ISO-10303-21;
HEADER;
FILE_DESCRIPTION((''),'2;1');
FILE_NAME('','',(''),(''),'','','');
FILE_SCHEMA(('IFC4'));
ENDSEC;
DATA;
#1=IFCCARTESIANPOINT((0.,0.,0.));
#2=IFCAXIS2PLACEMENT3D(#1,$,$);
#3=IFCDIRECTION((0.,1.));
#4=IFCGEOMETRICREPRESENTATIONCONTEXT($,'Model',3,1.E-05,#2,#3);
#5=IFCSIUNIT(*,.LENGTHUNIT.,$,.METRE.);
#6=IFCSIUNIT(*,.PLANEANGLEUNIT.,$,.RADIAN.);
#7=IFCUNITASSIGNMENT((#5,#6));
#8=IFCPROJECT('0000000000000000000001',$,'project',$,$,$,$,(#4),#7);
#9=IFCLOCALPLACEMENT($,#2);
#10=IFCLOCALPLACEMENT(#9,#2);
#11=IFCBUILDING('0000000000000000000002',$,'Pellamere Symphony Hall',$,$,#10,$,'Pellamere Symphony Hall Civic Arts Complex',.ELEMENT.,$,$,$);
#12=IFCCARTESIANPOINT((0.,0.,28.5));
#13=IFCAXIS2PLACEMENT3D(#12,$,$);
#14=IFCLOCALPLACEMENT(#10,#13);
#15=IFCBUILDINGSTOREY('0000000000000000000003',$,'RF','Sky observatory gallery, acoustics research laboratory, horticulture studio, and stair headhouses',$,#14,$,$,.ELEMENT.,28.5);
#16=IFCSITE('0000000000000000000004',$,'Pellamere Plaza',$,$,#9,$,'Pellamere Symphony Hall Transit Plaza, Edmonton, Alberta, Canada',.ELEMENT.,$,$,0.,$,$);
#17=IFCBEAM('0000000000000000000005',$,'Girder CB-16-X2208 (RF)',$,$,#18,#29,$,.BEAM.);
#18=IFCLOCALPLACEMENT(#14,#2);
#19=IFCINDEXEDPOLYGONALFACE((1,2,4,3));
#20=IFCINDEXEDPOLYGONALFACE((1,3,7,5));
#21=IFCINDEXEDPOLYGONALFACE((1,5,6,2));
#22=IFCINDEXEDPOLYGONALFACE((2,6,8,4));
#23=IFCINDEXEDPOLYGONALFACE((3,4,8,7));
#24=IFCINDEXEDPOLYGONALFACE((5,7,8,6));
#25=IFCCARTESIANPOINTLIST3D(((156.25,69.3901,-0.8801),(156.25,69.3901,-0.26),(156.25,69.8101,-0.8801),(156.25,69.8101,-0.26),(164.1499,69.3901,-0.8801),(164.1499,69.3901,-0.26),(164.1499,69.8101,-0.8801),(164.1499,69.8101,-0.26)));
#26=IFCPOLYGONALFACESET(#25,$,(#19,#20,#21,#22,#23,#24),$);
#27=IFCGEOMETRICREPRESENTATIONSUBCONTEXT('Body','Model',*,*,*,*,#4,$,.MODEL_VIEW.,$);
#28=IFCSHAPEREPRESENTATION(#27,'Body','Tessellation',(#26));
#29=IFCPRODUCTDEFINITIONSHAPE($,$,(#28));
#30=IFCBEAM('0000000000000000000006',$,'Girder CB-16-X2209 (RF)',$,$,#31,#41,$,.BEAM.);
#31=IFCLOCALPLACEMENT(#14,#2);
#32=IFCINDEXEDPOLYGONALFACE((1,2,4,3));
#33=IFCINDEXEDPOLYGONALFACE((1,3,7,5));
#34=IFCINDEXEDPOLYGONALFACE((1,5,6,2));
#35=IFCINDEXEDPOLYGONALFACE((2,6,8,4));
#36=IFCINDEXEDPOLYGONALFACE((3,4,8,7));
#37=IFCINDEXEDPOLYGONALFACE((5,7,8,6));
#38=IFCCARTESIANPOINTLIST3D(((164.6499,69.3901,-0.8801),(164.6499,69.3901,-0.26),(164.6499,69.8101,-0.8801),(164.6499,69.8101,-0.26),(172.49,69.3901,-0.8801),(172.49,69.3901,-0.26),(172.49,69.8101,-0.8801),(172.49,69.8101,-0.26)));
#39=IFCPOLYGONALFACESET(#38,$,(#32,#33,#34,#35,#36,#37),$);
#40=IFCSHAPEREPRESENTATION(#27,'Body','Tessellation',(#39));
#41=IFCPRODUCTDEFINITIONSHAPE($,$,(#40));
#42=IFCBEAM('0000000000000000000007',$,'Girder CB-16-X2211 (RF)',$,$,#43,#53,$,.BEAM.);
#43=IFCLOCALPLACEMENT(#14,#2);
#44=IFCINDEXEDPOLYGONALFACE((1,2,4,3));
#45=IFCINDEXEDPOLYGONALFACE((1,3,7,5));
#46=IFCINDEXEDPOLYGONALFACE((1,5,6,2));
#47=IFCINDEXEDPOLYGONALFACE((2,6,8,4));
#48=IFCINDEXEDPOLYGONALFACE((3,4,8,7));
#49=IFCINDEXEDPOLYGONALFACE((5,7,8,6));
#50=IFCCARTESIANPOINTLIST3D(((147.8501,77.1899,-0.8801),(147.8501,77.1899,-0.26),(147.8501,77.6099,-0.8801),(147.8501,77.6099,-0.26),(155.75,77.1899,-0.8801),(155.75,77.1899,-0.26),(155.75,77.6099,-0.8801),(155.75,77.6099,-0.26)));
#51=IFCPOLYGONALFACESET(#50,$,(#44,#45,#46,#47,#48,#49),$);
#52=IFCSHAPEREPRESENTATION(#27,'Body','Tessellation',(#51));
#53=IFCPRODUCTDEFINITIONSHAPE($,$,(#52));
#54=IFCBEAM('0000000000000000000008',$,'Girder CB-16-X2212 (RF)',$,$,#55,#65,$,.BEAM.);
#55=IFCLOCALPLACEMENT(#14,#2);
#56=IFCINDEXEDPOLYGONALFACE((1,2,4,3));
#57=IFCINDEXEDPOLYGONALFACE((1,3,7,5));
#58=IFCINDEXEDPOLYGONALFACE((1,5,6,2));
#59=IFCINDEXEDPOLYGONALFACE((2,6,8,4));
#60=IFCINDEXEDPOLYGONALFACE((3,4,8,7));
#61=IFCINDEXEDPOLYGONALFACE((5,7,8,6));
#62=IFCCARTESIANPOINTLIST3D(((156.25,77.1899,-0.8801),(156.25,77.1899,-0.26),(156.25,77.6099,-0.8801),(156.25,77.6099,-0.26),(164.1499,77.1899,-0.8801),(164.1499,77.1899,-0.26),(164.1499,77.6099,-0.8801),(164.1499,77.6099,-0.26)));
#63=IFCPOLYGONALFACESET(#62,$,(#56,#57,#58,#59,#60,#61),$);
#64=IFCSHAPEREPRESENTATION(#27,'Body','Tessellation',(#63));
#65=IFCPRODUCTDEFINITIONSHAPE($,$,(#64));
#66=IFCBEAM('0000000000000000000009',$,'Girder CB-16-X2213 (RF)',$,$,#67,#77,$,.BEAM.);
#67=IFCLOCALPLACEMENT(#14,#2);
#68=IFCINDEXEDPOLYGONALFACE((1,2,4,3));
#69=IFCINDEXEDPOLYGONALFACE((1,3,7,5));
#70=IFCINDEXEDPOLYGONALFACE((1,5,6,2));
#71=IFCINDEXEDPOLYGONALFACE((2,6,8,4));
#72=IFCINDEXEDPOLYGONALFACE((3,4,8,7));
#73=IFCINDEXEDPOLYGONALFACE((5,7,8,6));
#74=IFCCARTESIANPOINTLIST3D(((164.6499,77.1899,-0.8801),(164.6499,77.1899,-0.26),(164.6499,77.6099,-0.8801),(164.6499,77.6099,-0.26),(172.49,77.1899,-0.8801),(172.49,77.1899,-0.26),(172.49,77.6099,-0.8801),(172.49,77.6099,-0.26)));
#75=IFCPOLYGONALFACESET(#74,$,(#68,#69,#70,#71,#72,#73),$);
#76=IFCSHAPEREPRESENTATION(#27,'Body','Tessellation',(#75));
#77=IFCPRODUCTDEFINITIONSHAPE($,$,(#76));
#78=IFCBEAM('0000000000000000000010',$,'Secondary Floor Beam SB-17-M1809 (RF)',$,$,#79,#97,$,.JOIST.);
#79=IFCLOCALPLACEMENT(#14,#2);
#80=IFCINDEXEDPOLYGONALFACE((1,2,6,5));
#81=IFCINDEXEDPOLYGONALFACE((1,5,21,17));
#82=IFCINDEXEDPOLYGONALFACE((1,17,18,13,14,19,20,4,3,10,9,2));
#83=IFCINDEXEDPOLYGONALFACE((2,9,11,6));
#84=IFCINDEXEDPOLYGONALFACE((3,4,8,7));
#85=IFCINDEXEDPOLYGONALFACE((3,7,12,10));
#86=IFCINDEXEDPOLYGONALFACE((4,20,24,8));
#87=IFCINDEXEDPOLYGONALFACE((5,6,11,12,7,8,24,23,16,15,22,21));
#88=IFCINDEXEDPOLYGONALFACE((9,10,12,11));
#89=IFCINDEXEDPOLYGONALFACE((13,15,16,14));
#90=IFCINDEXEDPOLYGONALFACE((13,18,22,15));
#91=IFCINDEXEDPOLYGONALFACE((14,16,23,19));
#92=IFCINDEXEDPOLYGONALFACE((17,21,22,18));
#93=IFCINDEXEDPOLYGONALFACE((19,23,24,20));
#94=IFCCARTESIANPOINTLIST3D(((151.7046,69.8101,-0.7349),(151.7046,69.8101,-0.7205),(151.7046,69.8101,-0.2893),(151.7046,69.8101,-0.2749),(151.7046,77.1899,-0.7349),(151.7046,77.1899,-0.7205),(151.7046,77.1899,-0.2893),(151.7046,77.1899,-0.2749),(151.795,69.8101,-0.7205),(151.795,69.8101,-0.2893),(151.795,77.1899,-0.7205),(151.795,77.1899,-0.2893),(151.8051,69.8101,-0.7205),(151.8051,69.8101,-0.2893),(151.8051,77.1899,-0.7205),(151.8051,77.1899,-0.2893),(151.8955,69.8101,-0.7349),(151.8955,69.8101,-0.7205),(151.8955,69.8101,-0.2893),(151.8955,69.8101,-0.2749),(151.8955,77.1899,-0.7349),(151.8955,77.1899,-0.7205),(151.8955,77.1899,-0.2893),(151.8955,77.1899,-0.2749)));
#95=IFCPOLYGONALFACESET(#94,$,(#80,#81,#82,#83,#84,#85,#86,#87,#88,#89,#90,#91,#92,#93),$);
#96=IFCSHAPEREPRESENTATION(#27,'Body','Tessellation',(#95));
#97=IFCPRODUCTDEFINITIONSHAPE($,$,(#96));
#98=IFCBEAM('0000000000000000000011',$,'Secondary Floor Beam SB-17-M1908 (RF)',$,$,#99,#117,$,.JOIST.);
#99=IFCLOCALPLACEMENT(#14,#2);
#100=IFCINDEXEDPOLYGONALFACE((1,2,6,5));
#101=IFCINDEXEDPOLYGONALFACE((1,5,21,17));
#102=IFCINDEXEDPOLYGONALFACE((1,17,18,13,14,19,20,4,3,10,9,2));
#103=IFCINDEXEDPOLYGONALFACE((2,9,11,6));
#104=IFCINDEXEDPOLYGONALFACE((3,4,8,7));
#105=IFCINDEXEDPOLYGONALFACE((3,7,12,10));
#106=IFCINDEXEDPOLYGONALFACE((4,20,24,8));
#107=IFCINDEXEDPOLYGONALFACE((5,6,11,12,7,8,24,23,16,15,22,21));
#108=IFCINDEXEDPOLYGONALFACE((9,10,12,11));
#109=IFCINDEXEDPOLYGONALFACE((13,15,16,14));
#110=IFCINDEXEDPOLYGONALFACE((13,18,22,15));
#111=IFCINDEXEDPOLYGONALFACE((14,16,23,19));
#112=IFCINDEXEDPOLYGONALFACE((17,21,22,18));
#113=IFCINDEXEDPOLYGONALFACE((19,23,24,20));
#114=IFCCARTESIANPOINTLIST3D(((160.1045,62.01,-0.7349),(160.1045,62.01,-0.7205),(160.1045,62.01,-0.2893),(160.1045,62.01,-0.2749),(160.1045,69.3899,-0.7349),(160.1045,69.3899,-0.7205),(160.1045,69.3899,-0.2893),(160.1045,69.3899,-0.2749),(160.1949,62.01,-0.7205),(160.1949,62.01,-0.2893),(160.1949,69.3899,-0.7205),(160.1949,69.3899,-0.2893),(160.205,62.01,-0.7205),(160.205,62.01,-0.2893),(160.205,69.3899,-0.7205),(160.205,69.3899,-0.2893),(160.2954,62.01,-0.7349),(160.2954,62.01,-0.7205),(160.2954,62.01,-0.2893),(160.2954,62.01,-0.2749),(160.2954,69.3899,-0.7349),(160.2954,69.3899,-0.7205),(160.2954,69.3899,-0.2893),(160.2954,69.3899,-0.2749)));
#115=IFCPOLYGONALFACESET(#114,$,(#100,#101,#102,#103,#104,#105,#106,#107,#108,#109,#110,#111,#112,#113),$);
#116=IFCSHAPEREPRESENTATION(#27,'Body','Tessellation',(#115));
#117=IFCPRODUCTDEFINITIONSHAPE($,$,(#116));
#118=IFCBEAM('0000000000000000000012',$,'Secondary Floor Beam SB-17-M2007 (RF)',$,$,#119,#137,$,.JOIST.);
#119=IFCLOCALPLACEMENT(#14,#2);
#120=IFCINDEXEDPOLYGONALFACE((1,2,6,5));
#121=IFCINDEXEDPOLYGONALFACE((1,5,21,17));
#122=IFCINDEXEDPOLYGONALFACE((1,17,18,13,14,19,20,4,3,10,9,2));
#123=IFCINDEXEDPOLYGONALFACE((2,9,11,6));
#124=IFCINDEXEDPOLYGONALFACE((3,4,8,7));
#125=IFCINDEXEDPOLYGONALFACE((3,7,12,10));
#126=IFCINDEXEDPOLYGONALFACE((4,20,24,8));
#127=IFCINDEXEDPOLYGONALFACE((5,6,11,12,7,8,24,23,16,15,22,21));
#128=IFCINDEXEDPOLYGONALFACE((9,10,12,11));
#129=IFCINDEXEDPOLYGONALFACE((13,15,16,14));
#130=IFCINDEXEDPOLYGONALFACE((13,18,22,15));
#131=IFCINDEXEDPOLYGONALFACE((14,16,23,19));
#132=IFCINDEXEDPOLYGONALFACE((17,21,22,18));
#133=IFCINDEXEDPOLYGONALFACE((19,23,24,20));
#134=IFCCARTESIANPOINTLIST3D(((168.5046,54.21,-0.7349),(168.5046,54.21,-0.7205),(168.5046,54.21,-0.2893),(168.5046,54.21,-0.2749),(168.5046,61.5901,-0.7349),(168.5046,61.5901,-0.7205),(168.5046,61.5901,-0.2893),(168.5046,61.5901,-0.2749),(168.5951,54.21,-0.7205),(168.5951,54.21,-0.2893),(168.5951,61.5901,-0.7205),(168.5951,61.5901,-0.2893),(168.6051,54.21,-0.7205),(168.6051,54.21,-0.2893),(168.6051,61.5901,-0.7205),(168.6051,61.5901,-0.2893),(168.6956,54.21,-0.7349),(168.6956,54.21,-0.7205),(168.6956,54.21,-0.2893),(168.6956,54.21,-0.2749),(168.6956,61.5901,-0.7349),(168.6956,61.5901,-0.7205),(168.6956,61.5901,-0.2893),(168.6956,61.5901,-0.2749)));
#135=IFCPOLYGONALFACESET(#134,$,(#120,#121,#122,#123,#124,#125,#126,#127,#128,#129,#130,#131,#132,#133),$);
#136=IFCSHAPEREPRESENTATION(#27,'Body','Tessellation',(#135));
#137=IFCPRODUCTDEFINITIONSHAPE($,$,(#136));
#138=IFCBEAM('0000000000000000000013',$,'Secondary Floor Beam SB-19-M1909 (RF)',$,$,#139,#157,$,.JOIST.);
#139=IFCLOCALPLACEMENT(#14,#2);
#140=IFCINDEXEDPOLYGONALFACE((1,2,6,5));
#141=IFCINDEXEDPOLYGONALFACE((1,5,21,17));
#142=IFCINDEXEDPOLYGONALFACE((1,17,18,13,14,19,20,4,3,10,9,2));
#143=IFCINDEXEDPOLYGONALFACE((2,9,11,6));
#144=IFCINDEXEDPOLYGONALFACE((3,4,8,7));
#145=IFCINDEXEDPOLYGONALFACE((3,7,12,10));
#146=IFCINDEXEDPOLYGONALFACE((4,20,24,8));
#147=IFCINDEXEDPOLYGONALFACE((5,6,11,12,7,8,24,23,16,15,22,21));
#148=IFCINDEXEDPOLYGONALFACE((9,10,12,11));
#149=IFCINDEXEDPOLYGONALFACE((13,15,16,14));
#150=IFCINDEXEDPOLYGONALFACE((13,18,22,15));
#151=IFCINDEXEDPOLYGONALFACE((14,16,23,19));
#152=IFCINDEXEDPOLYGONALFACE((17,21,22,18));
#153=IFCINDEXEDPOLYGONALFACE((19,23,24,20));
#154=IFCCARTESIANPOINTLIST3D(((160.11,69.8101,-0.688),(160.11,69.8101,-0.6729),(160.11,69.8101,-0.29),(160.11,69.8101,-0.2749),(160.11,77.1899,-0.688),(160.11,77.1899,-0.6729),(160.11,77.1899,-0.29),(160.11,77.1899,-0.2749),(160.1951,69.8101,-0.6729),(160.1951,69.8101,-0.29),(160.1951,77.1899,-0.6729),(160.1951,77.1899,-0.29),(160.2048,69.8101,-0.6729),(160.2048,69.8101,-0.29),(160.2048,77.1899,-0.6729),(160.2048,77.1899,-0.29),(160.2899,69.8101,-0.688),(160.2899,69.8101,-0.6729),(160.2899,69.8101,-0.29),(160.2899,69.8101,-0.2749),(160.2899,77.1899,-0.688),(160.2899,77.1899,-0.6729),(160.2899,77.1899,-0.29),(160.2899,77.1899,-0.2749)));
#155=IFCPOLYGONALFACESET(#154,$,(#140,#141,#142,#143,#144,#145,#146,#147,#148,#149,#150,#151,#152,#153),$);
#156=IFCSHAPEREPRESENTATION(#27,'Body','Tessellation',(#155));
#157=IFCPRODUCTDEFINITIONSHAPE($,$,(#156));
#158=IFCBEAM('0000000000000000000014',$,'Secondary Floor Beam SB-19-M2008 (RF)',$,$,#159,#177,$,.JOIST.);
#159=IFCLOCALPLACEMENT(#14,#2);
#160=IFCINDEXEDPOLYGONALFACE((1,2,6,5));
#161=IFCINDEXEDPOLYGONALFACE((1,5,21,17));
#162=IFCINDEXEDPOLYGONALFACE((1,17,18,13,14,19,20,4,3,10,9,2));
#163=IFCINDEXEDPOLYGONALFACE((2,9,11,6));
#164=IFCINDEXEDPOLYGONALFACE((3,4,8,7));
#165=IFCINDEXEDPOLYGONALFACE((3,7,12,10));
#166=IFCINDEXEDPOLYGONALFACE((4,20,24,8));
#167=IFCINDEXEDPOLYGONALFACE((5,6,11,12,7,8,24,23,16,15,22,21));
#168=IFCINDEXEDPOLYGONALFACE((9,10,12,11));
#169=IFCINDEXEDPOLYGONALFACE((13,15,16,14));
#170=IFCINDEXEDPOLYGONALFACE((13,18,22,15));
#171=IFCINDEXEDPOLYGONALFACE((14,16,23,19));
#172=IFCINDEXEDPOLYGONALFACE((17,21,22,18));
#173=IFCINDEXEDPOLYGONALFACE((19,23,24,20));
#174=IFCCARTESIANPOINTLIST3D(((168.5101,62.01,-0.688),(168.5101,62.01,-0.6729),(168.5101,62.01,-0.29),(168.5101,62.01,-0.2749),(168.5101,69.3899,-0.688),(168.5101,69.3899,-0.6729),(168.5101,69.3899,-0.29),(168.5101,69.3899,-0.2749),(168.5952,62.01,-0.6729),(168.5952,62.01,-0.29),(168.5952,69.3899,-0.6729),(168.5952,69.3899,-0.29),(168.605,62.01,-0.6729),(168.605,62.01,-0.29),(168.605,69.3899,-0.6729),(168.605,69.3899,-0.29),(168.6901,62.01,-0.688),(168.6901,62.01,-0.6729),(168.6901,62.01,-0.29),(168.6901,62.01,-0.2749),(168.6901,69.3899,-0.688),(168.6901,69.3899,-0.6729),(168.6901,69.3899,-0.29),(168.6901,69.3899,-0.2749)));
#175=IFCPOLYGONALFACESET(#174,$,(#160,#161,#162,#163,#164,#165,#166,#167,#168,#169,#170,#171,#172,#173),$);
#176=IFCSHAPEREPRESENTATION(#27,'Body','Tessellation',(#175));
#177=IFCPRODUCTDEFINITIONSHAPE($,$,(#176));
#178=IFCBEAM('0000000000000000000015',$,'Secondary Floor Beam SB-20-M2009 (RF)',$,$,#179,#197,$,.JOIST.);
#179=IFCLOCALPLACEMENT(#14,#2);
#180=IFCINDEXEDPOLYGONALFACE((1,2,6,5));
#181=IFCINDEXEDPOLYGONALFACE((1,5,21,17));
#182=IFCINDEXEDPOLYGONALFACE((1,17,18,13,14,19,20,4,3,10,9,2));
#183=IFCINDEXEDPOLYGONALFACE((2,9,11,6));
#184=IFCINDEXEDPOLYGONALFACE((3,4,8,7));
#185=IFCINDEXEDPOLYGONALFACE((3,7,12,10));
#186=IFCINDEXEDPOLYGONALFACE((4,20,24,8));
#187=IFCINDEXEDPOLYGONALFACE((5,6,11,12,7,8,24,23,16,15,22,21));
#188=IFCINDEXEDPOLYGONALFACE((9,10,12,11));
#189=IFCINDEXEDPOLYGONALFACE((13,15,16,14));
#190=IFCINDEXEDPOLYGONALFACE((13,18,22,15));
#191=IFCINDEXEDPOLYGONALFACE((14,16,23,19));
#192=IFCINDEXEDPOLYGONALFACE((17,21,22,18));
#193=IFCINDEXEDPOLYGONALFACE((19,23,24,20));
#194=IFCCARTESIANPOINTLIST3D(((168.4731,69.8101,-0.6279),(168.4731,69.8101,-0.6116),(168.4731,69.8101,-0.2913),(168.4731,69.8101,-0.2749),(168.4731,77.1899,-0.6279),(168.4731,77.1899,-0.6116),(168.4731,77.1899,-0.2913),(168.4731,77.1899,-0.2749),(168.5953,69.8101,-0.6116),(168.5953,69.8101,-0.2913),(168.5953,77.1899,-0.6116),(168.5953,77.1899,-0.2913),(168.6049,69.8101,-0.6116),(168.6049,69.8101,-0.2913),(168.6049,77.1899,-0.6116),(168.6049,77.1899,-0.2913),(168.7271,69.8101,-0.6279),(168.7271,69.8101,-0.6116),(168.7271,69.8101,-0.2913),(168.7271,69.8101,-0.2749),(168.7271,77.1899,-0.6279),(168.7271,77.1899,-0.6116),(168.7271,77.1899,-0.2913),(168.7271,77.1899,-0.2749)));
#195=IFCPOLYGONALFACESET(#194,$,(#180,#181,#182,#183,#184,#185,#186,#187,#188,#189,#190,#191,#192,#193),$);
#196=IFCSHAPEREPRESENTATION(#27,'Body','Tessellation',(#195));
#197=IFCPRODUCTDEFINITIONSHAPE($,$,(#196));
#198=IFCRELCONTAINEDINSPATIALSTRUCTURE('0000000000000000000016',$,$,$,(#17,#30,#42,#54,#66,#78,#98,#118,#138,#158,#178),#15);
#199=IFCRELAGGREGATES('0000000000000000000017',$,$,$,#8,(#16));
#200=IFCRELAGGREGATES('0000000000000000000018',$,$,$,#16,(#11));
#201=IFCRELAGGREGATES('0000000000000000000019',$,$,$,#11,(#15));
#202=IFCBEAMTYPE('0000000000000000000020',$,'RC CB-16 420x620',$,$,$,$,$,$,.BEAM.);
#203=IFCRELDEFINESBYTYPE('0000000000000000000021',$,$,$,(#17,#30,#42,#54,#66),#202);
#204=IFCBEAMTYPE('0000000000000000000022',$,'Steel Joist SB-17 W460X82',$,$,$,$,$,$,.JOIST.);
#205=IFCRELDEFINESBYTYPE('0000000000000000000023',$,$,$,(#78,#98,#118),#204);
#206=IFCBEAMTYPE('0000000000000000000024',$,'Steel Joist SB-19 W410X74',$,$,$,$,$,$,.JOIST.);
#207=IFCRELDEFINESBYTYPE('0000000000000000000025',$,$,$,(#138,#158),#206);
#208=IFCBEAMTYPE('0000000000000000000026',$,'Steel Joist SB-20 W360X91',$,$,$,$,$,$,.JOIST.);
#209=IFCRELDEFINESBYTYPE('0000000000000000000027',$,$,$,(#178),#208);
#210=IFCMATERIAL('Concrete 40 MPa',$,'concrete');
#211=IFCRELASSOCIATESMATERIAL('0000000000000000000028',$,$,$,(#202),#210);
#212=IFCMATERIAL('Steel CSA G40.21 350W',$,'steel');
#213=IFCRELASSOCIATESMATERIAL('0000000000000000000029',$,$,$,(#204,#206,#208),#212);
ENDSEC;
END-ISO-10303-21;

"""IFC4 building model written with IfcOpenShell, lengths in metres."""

from ifc_helpers import new_model, si_unit, direction, frame, origin, origin_2d, place, context, subcontext, project, spatial, rectangle, i_section, extrude, material, material_profile, profile_set, type_object, element, save


model = new_model("IFC4")

# Units and contexts
model_context = context("Model", 3, precision=1e-05, world=origin(), true_north=direction((0.0, 1.0)))
body_context = subcontext(model_context, "Body", "Model", "MODEL_VIEW")
ifc_project = project(units=[si_unit("LENGTHUNIT", "METRE"), si_unit("PLANEANGLEUNIT", "RADIAN")], contexts=[model_context])

# Site, building, storey
site_placement = place(None, origin())
site = spatial("IfcSite", under=ifc_project, at=site_placement, Name="Pellamere Plaza", LongName="Pellamere Symphony Hall Transit Plaza, Edmonton, Alberta, Canada", CompositionType="ELEMENT", RefElevation=0.0)
building_placement = place(site_placement, origin())
building = spatial("IfcBuilding", under=site, at=building_placement, Name="Pellamere Symphony Hall", LongName="Pellamere Symphony Hall Civic Arts Complex", CompositionType="ELEMENT")
storey_placement = place(building_placement, frame((0.0, 0.0, 28.5)))
storey = spatial("IfcBuildingStorey", under=building, at=storey_placement, Name="RF", Description="Sky observatory gallery, acoustics research laboratory, horticulture studio, and stair headhouses", CompositionType="ELEMENT", Elevation=28.5)

# Beams
ifc_material_1 = material(Name="Concrete 40 MPa", Category="concrete")
ifc_material_profile_1 = material_profile(ifc_material_1, rectangle(XDim=0.4199, YDim=0.6201, at=origin_2d()), Name="RC 420x620")
ifc_profile_set_1 = profile_set([ifc_material_profile_1], Name="Concrete 40 MPa")
beam_type_1 = type_object("IfcBeamType", Name="RC CB-16 420x620", PredefinedType="BEAM", material=ifc_profile_set_1)
for number, where, z_axis, x_axis, name in (
    (1, (156.25, 69.6001, -0.5701), (1.0, 0.0, 0.0), (0.0, 1.0, 0.0), "Girder CB-16-X2208 (RF)"),
):
    element("IfcBeam", number, at=place(storey_placement, frame(where, z_axis=z_axis, x_axis=x_axis)), inside=storey, type_object=beam_type_1, Name=name, PredefinedType="BEAM", context=body_context, shape_type="SweptSolid", body=[
        extrude(rectangle(XDim=0.4199, YDim=0.6201, at=origin_2d()), origin(), (0.0, 0.0, 1.0), 7.8999),
    ])
beam_1_placement = place(storey_placement, frame((164.6499, 69.6001, -0.5701), z_axis=(1.0, 0.0, 0.0), x_axis=(0.0, 1.0, 0.0)))
element("IfcBeam", 2, at=beam_1_placement, inside=storey, type_object=beam_type_1, Name="Girder CB-16-X2209 (RF)", PredefinedType="BEAM", context=body_context, shape_type="SweptSolid", body=[
    extrude(rectangle(XDim=0.4199, YDim=0.6201, at=origin_2d()), origin(), (0.0, 0.0, 1.0), 7.8401),
])
for number, where, z_axis, x_axis, name in (
    (3, (147.8501, 77.3999, -0.5701), (1.0, 0.0, 0.0), (0.0, 1.0, 0.0), "Girder CB-16-X2211 (RF)"),
    (4, (156.25, 77.3999, -0.5701), (1.0, 0.0, 0.0), (0.0, 1.0, 0.0), "Girder CB-16-X2212 (RF)"),
):
    element("IfcBeam", number, at=place(storey_placement, frame(where, z_axis=z_axis, x_axis=x_axis)), inside=storey, type_object=beam_type_1, Name=name, PredefinedType="BEAM", context=body_context, shape_type="SweptSolid", body=[
        extrude(rectangle(XDim=0.4199, YDim=0.6201, at=origin_2d()), origin(), (0.0, 0.0, 1.0), 7.8999),
    ])
beam_2_placement = place(storey_placement, frame((164.6499, 77.3999, -0.5701), z_axis=(1.0, 0.0, 0.0), x_axis=(0.0, 1.0, 0.0)))
element("IfcBeam", 5, at=beam_2_placement, inside=storey, type_object=beam_type_1, Name="Girder CB-16-X2213 (RF)", PredefinedType="BEAM", context=body_context, shape_type="SweptSolid", body=[
    extrude(rectangle(XDim=0.4199, YDim=0.6201, at=origin_2d()), origin(), (0.0, 0.0, 1.0), 7.8401),
])
ifc_material_2 = material(Name="Steel CSA G40.21 350W", Category="steel")
ifc_material_profile_2 = material_profile(ifc_material_2, i_section(OverallWidth=0.1909, OverallDepth=0.46, WebThickness=0.01, FlangeThickness=0.0144, at=origin_2d()), Name="W460X82")
ifc_profile_set_2 = profile_set([ifc_material_profile_2], Name="Steel CSA G40.21 350W")
beam_type_2 = type_object("IfcBeamType", Name="Steel Joist SB-17 W460X82", PredefinedType="JOIST", material=ifc_profile_set_2)
for number, where, z_axis, x_axis, name in (
    (6, (151.8, 69.8101, -0.5049), (0.0, 1.0, 0.0), (-1.0, 0.0, 0.0), "Secondary Floor Beam SB-17-M1809 (RF)"),
    (7, (160.2, 62.01, -0.5049), (0.0, 1.0, 0.0), (-1.0, 0.0, 0.0), "Secondary Floor Beam SB-17-M1908 (RF)"),
):
    element("IfcBeam", number, at=place(storey_placement, frame(where, z_axis=z_axis, x_axis=x_axis)), inside=storey, type_object=beam_type_2, Name=name, PredefinedType="JOIST", context=body_context, shape_type="SweptSolid", body=[
        extrude(i_section(OverallWidth=0.1909, OverallDepth=0.46, WebThickness=0.01, FlangeThickness=0.0144, at=origin_2d()), origin(), (0.0, 0.0, 1.0), 7.3799),
    ])
beam_3_placement = place(storey_placement, frame((168.6001, 54.21, -0.5049), z_axis=(0.0, 1.0, 0.0), x_axis=(-1.0, 0.0, 0.0)))
element("IfcBeam", 8, at=beam_3_placement, inside=storey, type_object=beam_type_2, Name="Secondary Floor Beam SB-17-M2007 (RF)", PredefinedType="JOIST", context=body_context, shape_type="SweptSolid", body=[
    extrude(i_section(OverallWidth=0.1909, OverallDepth=0.46, WebThickness=0.01, FlangeThickness=0.0144, at=origin_2d()), origin(), (0.0, 0.0, 1.0), 7.3801),
])
ifc_material_profile_3 = material_profile(ifc_material_2, i_section(OverallWidth=0.1799, OverallDepth=0.4131, WebThickness=0.0098, FlangeThickness=0.0151, at=origin_2d()), Name="W410X74")
ifc_profile_set_3 = profile_set([ifc_material_profile_3], Name="Steel CSA G40.21 350W")
beam_type_3 = type_object("IfcBeamType", Name="Steel Joist SB-19 W410X74", PredefinedType="JOIST", material=ifc_profile_set_3)
for number, where, z_axis, x_axis, name in (
    (9, (160.2, 69.8101, -0.4814), (0.0, 1.0, 0.0), (-1.0, 0.0, 0.0), "Secondary Floor Beam SB-19-M1909 (RF)"),
    (10, (168.6001, 62.01, -0.4814), (0.0, 1.0, 0.0), (-1.0, 0.0, 0.0), "Secondary Floor Beam SB-19-M2008 (RF)"),
):
    element("IfcBeam", number, at=place(storey_placement, frame(where, z_axis=z_axis, x_axis=x_axis)), inside=storey, type_object=beam_type_3, Name=name, PredefinedType="JOIST", context=body_context, shape_type="SweptSolid", body=[
        extrude(i_section(OverallWidth=0.1799, OverallDepth=0.4131, WebThickness=0.0098, FlangeThickness=0.0151, at=origin_2d()), origin(), (0.0, 0.0, 1.0), 7.3799),
    ])
ifc_material_profile_4 = material_profile(ifc_material_2, i_section(OverallWidth=0.2539, OverallDepth=0.353, WebThickness=0.0095, FlangeThickness=0.0164, at=origin_2d()), Name="W360X91")
ifc_profile_set_4 = profile_set([ifc_material_profile_4], Name="Steel CSA G40.21 350W")
beam_type_4 = type_object("IfcBeamType", Name="Steel Joist SB-20 W360X91", PredefinedType="JOIST", material=ifc_profile_set_4)
beam_4_placement = place(storey_placement, frame((168.6001, 69.8101, -0.4514), z_axis=(0.0, 1.0, 0.0), x_axis=(-1.0, 0.0, 0.0)))
element("IfcBeam", 11, at=beam_4_placement, inside=storey, type_object=beam_type_4, Name="Secondary Floor Beam SB-20-M2009 (RF)", PredefinedType="JOIST", context=body_context, shape_type="SweptSolid", body=[
    extrude(i_section(OverallWidth=0.2539, OverallDepth=0.353, WebThickness=0.0095, FlangeThickness=0.0164, at=origin_2d()), origin(), (0.0, 0.0, 1.0), 7.3799),
])

save(model, "model.ifc")
